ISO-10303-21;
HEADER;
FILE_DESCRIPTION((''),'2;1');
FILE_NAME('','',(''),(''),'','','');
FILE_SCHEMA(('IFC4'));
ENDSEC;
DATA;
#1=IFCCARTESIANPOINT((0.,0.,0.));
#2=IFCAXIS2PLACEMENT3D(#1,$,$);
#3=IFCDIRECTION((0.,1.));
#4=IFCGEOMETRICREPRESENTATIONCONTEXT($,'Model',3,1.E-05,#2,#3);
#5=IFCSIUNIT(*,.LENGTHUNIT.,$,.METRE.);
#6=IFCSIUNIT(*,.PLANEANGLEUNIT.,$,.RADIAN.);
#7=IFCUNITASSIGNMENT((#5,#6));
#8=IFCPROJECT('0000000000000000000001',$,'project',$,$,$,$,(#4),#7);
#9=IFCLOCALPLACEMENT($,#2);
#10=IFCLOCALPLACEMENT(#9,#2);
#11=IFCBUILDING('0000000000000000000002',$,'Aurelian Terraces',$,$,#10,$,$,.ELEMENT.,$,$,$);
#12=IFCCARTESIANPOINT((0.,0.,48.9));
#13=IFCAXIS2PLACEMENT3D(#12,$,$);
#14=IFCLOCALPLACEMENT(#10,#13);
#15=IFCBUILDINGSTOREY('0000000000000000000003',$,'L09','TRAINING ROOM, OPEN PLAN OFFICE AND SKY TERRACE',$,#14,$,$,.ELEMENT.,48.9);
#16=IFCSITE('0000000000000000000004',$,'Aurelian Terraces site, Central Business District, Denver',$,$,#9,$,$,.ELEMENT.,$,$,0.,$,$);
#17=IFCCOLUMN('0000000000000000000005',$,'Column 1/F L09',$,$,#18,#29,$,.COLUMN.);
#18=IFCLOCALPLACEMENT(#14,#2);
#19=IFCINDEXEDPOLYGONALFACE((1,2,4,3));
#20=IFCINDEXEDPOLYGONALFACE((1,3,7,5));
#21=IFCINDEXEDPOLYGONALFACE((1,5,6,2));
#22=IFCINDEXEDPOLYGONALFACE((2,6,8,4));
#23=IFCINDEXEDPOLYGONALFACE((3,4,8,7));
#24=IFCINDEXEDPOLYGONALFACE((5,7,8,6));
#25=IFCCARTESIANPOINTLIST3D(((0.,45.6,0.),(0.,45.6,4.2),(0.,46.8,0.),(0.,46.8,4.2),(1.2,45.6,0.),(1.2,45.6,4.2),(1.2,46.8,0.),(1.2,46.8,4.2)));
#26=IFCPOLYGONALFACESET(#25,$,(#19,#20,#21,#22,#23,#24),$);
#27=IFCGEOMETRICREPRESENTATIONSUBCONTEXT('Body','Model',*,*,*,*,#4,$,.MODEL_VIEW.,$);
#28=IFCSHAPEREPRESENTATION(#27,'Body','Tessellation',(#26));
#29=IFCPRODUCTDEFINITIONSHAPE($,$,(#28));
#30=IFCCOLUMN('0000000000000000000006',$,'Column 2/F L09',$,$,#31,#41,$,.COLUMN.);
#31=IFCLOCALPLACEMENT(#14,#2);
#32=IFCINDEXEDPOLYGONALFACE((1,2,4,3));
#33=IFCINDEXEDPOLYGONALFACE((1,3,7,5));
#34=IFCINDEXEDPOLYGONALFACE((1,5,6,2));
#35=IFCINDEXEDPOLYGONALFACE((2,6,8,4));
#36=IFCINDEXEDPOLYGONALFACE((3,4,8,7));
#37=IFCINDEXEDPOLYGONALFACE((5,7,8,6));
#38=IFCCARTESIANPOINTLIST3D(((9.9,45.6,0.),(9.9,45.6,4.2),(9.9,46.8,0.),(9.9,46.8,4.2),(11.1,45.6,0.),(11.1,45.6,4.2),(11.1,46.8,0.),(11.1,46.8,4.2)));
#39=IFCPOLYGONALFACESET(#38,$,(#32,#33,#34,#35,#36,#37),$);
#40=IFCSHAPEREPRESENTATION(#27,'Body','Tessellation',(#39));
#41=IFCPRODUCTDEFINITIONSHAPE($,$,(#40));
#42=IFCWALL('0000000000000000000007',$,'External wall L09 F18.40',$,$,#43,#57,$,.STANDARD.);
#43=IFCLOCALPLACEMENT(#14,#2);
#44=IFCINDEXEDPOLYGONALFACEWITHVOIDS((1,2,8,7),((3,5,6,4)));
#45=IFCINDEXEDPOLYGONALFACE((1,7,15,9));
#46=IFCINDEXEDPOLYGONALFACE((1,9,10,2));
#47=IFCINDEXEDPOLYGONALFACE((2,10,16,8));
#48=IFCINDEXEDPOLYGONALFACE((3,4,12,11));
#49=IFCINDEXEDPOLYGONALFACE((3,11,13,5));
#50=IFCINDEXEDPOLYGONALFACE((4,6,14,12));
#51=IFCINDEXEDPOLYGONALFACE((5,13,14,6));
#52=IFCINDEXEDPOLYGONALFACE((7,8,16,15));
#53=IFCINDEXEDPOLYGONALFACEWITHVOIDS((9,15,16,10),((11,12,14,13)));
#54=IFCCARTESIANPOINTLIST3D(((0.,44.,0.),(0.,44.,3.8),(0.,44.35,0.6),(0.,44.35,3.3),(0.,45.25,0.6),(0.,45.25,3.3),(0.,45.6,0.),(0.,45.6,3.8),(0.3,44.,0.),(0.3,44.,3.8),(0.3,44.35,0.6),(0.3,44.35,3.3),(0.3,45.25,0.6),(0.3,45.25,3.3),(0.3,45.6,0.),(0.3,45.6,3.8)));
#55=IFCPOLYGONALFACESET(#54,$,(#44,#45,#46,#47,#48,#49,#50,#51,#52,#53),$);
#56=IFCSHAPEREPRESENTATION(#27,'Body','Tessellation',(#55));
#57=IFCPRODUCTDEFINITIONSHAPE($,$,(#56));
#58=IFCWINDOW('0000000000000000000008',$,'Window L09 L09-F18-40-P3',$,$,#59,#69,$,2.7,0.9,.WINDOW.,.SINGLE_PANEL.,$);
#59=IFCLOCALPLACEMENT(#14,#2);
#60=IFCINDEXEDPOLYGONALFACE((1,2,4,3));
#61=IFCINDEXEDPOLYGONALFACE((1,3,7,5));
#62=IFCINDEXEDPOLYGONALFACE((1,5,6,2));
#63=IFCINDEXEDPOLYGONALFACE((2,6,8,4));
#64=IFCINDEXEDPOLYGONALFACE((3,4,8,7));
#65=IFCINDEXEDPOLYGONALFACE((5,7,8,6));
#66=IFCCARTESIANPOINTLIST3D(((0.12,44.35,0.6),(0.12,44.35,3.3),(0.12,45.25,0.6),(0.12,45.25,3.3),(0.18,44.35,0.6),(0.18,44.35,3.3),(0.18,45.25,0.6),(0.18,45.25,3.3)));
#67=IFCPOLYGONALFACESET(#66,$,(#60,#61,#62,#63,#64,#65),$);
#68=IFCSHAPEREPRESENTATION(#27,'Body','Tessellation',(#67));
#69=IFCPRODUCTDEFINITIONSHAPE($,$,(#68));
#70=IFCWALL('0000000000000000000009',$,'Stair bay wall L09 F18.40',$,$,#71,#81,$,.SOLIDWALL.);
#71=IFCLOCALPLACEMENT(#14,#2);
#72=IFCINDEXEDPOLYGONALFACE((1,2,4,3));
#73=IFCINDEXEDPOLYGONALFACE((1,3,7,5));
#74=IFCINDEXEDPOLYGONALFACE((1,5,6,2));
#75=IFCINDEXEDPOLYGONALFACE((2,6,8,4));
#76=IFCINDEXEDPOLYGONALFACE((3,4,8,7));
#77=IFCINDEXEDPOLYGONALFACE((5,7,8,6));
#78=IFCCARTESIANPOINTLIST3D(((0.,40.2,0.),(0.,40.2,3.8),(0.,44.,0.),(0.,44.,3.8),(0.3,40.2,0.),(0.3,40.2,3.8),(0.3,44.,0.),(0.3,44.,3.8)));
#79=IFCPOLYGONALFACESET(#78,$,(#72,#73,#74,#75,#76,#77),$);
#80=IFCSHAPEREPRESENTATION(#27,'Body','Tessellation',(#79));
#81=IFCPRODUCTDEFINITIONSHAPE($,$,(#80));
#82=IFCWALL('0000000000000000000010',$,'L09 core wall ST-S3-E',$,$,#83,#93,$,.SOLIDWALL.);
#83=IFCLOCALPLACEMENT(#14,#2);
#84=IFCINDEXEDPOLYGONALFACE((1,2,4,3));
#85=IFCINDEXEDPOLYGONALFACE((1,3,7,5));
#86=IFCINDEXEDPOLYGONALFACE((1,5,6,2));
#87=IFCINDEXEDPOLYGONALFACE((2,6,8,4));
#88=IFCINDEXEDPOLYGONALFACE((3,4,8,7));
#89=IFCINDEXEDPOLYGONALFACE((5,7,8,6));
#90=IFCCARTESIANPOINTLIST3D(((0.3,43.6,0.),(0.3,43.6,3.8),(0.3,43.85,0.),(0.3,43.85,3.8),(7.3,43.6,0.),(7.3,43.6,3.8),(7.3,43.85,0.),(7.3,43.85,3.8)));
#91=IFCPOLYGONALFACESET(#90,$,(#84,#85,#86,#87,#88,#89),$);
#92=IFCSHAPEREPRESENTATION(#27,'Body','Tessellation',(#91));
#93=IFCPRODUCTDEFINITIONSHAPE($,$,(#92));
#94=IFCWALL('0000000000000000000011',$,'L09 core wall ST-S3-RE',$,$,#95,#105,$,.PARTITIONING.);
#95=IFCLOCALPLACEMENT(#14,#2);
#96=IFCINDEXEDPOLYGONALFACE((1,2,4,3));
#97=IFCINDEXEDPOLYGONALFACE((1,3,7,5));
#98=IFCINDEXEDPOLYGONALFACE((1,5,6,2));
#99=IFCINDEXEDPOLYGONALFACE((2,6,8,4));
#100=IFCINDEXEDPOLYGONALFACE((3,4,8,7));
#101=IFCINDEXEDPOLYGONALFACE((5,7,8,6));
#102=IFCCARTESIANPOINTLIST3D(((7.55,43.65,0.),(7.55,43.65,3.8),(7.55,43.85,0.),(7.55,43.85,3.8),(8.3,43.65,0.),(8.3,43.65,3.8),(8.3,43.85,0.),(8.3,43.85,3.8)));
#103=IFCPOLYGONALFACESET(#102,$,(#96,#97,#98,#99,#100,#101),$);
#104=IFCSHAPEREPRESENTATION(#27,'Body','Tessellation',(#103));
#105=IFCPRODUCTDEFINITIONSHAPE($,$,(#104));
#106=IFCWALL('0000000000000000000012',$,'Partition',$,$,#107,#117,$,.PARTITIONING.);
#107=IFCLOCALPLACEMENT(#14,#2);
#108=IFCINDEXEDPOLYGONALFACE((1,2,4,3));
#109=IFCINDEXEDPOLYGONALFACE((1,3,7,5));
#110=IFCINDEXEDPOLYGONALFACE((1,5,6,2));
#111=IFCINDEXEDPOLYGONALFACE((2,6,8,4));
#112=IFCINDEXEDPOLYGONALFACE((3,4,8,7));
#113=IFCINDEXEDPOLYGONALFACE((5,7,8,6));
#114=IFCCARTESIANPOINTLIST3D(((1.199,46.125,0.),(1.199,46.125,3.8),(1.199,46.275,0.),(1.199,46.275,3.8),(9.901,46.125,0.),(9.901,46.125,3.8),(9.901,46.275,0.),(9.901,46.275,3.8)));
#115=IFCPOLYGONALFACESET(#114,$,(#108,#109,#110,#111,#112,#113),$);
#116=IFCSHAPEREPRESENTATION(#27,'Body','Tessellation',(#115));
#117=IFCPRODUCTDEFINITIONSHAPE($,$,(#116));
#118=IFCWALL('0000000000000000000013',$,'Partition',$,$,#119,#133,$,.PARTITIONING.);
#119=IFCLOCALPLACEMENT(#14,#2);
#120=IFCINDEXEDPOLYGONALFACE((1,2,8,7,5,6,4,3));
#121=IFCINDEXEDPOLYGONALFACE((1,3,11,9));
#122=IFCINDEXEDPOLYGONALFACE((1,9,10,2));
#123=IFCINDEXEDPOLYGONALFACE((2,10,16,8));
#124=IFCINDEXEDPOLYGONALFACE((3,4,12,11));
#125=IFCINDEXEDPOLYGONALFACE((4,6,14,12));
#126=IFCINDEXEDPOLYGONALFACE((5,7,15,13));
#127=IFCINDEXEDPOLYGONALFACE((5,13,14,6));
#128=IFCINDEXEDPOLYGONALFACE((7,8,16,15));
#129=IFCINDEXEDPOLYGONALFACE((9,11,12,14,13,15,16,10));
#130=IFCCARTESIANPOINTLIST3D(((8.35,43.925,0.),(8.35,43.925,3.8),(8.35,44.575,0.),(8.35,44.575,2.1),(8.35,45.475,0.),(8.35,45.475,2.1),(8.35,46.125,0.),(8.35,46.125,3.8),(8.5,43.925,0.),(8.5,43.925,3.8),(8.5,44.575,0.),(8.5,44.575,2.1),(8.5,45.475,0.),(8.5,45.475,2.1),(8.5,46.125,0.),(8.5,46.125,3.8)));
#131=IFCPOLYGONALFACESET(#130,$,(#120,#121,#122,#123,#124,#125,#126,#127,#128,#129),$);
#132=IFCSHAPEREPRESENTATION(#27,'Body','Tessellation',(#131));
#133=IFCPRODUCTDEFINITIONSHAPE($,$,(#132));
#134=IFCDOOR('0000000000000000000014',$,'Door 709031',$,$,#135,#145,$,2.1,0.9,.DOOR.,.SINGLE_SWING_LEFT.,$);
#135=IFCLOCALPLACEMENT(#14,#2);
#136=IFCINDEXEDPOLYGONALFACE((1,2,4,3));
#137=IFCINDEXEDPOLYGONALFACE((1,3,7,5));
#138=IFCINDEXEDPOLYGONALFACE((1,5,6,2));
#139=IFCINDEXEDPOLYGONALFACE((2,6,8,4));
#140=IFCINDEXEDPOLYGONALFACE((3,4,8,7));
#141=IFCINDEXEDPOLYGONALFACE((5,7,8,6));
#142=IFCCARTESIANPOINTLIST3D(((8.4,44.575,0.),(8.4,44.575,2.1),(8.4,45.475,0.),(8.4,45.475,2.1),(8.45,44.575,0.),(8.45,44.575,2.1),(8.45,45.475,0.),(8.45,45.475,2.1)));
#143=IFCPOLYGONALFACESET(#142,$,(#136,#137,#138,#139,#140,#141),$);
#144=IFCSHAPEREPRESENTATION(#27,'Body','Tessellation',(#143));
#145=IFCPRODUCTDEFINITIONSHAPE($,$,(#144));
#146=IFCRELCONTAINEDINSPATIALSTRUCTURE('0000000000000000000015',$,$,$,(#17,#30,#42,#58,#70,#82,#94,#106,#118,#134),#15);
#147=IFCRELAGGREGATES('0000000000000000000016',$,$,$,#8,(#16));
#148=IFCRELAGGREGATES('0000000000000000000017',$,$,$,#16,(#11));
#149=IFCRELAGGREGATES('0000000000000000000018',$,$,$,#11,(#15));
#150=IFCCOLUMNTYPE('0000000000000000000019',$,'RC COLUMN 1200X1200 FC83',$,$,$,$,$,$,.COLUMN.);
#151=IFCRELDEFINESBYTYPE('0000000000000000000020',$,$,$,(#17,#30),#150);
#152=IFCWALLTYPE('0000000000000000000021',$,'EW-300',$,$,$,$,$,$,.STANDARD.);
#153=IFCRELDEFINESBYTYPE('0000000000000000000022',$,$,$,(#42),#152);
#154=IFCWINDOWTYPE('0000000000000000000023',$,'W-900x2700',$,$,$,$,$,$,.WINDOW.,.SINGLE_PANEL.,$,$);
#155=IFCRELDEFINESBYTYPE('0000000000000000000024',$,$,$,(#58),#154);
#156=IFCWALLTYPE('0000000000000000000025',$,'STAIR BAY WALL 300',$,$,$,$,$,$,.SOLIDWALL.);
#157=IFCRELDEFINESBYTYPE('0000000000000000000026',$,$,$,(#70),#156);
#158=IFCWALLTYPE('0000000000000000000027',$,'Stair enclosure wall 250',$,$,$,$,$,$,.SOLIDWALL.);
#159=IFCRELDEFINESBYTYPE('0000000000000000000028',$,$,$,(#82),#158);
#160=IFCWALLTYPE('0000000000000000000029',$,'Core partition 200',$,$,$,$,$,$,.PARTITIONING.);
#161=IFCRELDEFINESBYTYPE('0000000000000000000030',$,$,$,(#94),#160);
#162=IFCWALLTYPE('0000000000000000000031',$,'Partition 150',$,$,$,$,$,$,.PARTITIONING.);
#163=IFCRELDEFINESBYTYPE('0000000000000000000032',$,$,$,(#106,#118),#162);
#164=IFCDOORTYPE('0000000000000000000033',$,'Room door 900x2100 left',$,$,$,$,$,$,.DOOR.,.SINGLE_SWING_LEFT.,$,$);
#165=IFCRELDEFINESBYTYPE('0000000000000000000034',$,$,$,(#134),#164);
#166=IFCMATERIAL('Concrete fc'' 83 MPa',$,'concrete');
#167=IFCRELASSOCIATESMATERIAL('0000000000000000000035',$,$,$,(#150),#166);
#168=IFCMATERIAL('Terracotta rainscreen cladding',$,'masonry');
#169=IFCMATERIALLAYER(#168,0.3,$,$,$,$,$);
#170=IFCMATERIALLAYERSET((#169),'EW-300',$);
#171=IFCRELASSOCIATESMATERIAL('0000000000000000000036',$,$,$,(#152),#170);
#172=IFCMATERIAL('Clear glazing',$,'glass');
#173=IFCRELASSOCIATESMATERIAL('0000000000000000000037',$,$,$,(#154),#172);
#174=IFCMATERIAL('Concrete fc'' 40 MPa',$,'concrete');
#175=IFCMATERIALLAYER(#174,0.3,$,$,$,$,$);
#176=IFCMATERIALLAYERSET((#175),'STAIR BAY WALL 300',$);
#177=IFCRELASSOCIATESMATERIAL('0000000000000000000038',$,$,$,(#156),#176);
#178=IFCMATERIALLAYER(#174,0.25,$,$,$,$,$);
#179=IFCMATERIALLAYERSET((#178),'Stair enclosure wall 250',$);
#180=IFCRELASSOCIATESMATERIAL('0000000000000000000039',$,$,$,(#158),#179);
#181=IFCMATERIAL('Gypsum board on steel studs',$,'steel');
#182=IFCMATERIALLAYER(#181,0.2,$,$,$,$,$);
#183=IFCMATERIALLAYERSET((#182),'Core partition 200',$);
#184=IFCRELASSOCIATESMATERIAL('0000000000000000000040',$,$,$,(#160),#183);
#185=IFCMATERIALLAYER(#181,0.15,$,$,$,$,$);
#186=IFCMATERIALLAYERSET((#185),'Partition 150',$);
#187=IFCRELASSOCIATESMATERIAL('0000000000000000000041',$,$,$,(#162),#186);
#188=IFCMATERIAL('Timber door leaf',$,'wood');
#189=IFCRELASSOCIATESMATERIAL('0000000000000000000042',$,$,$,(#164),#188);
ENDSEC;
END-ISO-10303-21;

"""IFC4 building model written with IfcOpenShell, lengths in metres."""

from ifc_helpers import new_model, si_unit, direction, frame, frame_2d, origin, origin_2d, place, context, subcontext, project, spatial, rectangle, extrude, source, transform, mapped, material, layer, layer_set, material_profile, profile_set, type_object, element, fill, save


model = new_model("IFC4")

# Units and contexts
model_context = context("Model", 3, precision=1e-05, world=origin(), true_north=direction((0.0, 1.0)))
body_context = subcontext(model_context, "Body", "Model", "MODEL_VIEW")
ifc_project = project(units=[si_unit("LENGTHUNIT", "METRE"), si_unit("PLANEANGLEUNIT", "RADIAN")], contexts=[model_context])

# Site, building, storey
site_placement = place(None, origin())
site = spatial("IfcSite", under=ifc_project, at=site_placement, Name="Aurelian Terraces site, Central Business District, Denver", CompositionType="ELEMENT", RefElevation=0.0)
building_placement = place(site_placement, origin())
building = spatial("IfcBuilding", under=site, at=building_placement, Name="Aurelian Terraces", CompositionType="ELEMENT")
storey_placement = place(building_placement, frame((0.0, 0.0, 48.9)))
storey = spatial("IfcBuildingStorey", under=building, at=storey_placement, Name="L09", Description="TRAINING ROOM, OPEN PLAN OFFICE AND SKY TERRACE", CompositionType="ELEMENT", Elevation=48.9)

# Columns
ifc_material_1 = material(Name="Concrete fc' 83 MPa", Category="concrete")
ifc_material_profile = material_profile(ifc_material_1, rectangle(XDim=1.2, YDim=1.2, at=origin_2d()))
ifc_profile_set = profile_set([ifc_material_profile], Name="Concrete fc' 83 MPa")
column_type = type_object("IfcColumnType", Name="RC COLUMN 1200X1200 FC83", PredefinedType="COLUMN", material=ifc_profile_set)
shared_shape_1 = source(origin(), body_context, "Body", "SweptSolid", [
    extrude(rectangle(XDim=1.2, YDim=1.2, at=origin_2d()), origin(), (0.0, 0.0, 1.0), 4.2),
])
for number, where, z_axis, x_axis, name in (
    (1, (0.6, 46.2, 0.0), (0.0, 0.0, 1.0), (1.0, 0.0, 0.0), "Column 1/F L09"),
    (2, (10.5, 46.2, 0.0), (0.0, 0.0, 1.0), (1.0, 0.0, 0.0), "Column 2/F L09"),
):
    element("IfcColumn", number, at=place(storey_placement, frame(where, z_axis=z_axis, x_axis=x_axis)), inside=storey, type_object=column_type, Name=name, PredefinedType="COLUMN", context=body_context, shape_type="MappedRepresentation", body=[
        mapped(shared_shape_1, transform((0.0, 0.0, 0.0), scale=1.0)),
    ])

# Wall, opening, window
ifc_material_2 = material(Name="Terracotta rainscreen cladding", Category="masonry")
ifc_layer_1 = layer(ifc_material_2, 0.3)
ifc_layer_set_1 = layer_set([ifc_layer_1], Name="EW-300")
wall_type_1 = type_object("IfcWallType", Name="EW-300", PredefinedType="STANDARD", material=ifc_layer_set_1)
shared_shape_2 = source(origin(), body_context, "Body", "SweptSolid", [
    extrude(rectangle(XDim=1.6, YDim=0.3, at=frame_2d((0.8, 0.0))), origin(), (0.0, 0.0, 1.0), 3.8),
])
wall_1_placement = place(storey_placement, frame((0.15, 45.6, 0.0), z_axis=(0.0, 0.0, 1.0), x_axis=(0.0, -1.0, 0.0)))
wall_1 = element("IfcWall", 3, at=wall_1_placement, inside=storey, type_object=wall_type_1, Name="External wall L09 F18.40", PredefinedType="STANDARD", context=body_context, shape_type="MappedRepresentation", body=[
    mapped(shared_shape_2, transform((0.0, 0.0, 0.0), scale=1.0)),
])
shared_shape_3 = source(origin(), body_context, "Body", "SweptSolid", [
    extrude(rectangle(XDim=0.9, YDim=2.7, at=frame_2d((0.45, 1.35))), frame((0.0, 0.16, 0.0), z_axis=(0.0, -1.0, 0.0), x_axis=(1.0, 0.0, 0.0)), (0.0, 0.0, 1.0), 0.32),
])
opening_1_placement = place(wall_1_placement, frame((0.35, 0.0, 0.6)))
opening_1 = element("IfcOpeningElement", 4, at=opening_1_placement, cuts=wall_1, PredefinedType="OPENING", context=body_context, shape_type="MappedRepresentation", body=[
    mapped(shared_shape_3, transform((0.0, 0.0, 0.0), scale=1.0)),
])
ifc_material_3 = material(Name="Clear glazing", Category="glass")
window_type = type_object("IfcWindowType", Name="W-900x2700", PartitioningType="SINGLE_PANEL", PredefinedType="WINDOW", material=ifc_material_3)
shared_shape_4 = source(origin(), body_context, "Body", "SweptSolid", [
    extrude(rectangle(XDim=0.9, YDim=2.7, at=frame_2d((0.45, 1.35))), frame((0.0, 0.03, 0.0), z_axis=(0.0, -1.0, 0.0), x_axis=(1.0, 0.0, 0.0)), (0.0, 0.0, 1.0), 0.06),
])
window_placement = place(opening_1_placement, origin())
window = element("IfcWindow", 5, at=window_placement, inside=storey, type_object=window_type, Name="Window L09 L09-F18-40-P3", OverallHeight=2.7, OverallWidth=0.9, PartitioningType="SINGLE_PANEL", PredefinedType="WINDOW", context=body_context, shape_type="MappedRepresentation", body=[
    mapped(shared_shape_4, transform((0.0, 0.0, 0.0), scale=1.0)),
])
fill(opening_1, window)

# Walls
ifc_material_4 = material(Name="Concrete fc' 40 MPa", Category="concrete")
ifc_layer_2 = layer(ifc_material_4, 0.3)
ifc_layer_set_2 = layer_set([ifc_layer_2], Name="STAIR BAY WALL 300")
wall_type_2 = type_object("IfcWallType", Name="STAIR BAY WALL 300", PredefinedType="SOLIDWALL", material=ifc_layer_set_2)
shared_shape_5 = source(origin(), body_context, "Body", "SweptSolid", [
    extrude(rectangle(XDim=3.8, YDim=0.3, at=frame_2d((1.9, 0.0))), origin(), (0.0, 0.0, 1.0), 3.8),
])
wall_2_placement = place(storey_placement, frame((0.15, 44.0, 0.0), z_axis=(0.0, 0.0, 1.0), x_axis=(0.0, -1.0, 0.0)))
element("IfcWall", 6, at=wall_2_placement, inside=storey, type_object=wall_type_2, Name="Stair bay wall L09 F18.40", PredefinedType="SOLIDWALL", context=body_context, shape_type="MappedRepresentation", body=[
    mapped(shared_shape_5, transform((0.0, 0.0, 0.0), scale=1.0)),
])
ifc_layer_3 = layer(ifc_material_4, 0.25)
ifc_layer_set_3 = layer_set([ifc_layer_3], Name="Stair enclosure wall 250")
wall_type_3 = type_object("IfcWallType", Name="Stair enclosure wall 250", PredefinedType="SOLIDWALL", material=ifc_layer_set_3)
shared_shape_6 = source(origin(), body_context, "Body", "SweptSolid", [
    extrude(rectangle(XDim=7.0, YDim=0.25, at=frame_2d((3.5, 0.0))), origin(), (0.0, 0.0, 1.0), 3.8),
])
wall_3_placement = place(storey_placement, frame((0.3, 43.725, 0.0), z_axis=(0.0, 0.0, 1.0), x_axis=(1.0, 0.0, 0.0)))
element("IfcWall", 7, at=wall_3_placement, inside=storey, type_object=wall_type_3, Name="L09 core wall ST-S3-E", PredefinedType="SOLIDWALL", context=body_context, shape_type="MappedRepresentation", body=[
    mapped(shared_shape_6, transform((0.0, 0.0, 0.0), scale=1.0)),
])
ifc_material_5 = material(Name="Gypsum board on steel studs", Category="steel")
ifc_layer_4 = layer(ifc_material_5, 0.2)
ifc_layer_set_4 = layer_set([ifc_layer_4], Name="Core partition 200")
wall_type_4 = type_object("IfcWallType", Name="Core partition 200", PredefinedType="PARTITIONING", material=ifc_layer_set_4)
shared_shape_7 = source(origin(), body_context, "Body", "SweptSolid", [
    extrude(rectangle(XDim=0.75, YDim=0.2, at=frame_2d((0.375, 0.0))), origin(), (0.0, 0.0, 1.0), 3.8),
])
wall_4_placement = place(storey_placement, frame((7.55, 43.75, 0.0), z_axis=(0.0, 0.0, 1.0), x_axis=(1.0, 0.0, 0.0)))
element("IfcWall", 8, at=wall_4_placement, inside=storey, type_object=wall_type_4, Name="L09 core wall ST-S3-RE", PredefinedType="PARTITIONING", context=body_context, shape_type="MappedRepresentation", body=[
    mapped(shared_shape_7, transform((0.0, 0.0, 0.0), scale=1.0)),
])
ifc_layer_5 = layer(ifc_material_5, 0.15)
ifc_layer_set_5 = layer_set([ifc_layer_5], Name="Partition 150")
wall_type_5 = type_object("IfcWallType", Name="Partition 150", PredefinedType="PARTITIONING", material=ifc_layer_set_5)
shared_shape_8 = source(origin(), body_context, "Body", "SweptSolid", [
    extrude(rectangle(XDim=8.702, YDim=0.15, at=frame_2d((4.351, 0.0))), origin(), (0.0, 0.0, 1.0), 3.8),
])
wall_5_placement = place(storey_placement, frame((9.901, 46.2, 0.0), z_axis=(0.0, 0.0, 1.0), x_axis=(-1.0, 0.0, 0.0)))
element("IfcWall", 9, at=wall_5_placement, inside=storey, type_object=wall_type_5, Name="Partition", PredefinedType="PARTITIONING", context=body_context, shape_type="MappedRepresentation", body=[
    mapped(shared_shape_8, transform((0.0, 0.0, 0.0), scale=1.0)),
])

# Wall, opening, door
shared_shape_9 = source(origin(), body_context, "Body", "SweptSolid", [
    extrude(rectangle(XDim=2.2, YDim=0.15, at=frame_2d((1.1, 0.0))), origin(), (0.0, 0.0, 1.0), 3.8),
])
wall_6_placement = place(storey_placement, frame((8.425, 43.925, 0.0), z_axis=(0.0, 0.0, 1.0), x_axis=(0.0, 1.0, 0.0)))
wall_6 = element("IfcWall", 10, at=wall_6_placement, inside=storey, type_object=wall_type_5, Name="Partition", PredefinedType="PARTITIONING", context=body_context, shape_type="MappedRepresentation", body=[
    mapped(shared_shape_9, transform((0.0, 0.0, 0.0), scale=1.0)),
])
shared_shape_10 = source(origin(), body_context, "Body", "SweptSolid", [
    extrude(rectangle(XDim=0.9, YDim=2.1, at=frame_2d((0.45, 1.05))), frame((0.0, 0.085, 0.0), z_axis=(0.0, -1.0, 0.0), x_axis=(1.0, 0.0, 0.0)), (0.0, 0.0, 1.0), 0.17),
])
opening_2_placement = place(wall_6_placement, frame((0.65, 0.0, 0.0)))
opening_2 = element("IfcOpeningElement", 11, at=opening_2_placement, cuts=wall_6, PredefinedType="OPENING", context=body_context, shape_type="MappedRepresentation", body=[
    mapped(shared_shape_10, transform((0.0, 0.0, 0.0), scale=1.0)),
])
ifc_material_6 = material(Name="Timber door leaf", Category="wood")
door_type = type_object("IfcDoorType", Name="Room door 900x2100 left", OperationType="SINGLE_SWING_LEFT", PredefinedType="DOOR", material=ifc_material_6)
shared_shape_11 = source(origin(), body_context, "Body", "SweptSolid", [
    extrude(rectangle(XDim=0.9, YDim=2.1, at=frame_2d((0.45, 1.05))), frame((0.0, 0.025, 0.0), z_axis=(0.0, -1.0, 0.0), x_axis=(1.0, 0.0, 0.0)), (0.0, 0.0, 1.0), 0.05),
])
door_placement = place(opening_2_placement, origin())
door = element("IfcDoor", 12, at=door_placement, inside=storey, type_object=door_type, Name="Door 709031", OperationType="SINGLE_SWING_LEFT", OverallHeight=2.1, OverallWidth=0.9, PredefinedType="DOOR", context=body_context, shape_type="MappedRepresentation", body=[
    mapped(shared_shape_11, transform((0.0, 0.0, 0.0), scale=1.0)),
])
fill(opening_2, door)

save(model, "model.ifc")
